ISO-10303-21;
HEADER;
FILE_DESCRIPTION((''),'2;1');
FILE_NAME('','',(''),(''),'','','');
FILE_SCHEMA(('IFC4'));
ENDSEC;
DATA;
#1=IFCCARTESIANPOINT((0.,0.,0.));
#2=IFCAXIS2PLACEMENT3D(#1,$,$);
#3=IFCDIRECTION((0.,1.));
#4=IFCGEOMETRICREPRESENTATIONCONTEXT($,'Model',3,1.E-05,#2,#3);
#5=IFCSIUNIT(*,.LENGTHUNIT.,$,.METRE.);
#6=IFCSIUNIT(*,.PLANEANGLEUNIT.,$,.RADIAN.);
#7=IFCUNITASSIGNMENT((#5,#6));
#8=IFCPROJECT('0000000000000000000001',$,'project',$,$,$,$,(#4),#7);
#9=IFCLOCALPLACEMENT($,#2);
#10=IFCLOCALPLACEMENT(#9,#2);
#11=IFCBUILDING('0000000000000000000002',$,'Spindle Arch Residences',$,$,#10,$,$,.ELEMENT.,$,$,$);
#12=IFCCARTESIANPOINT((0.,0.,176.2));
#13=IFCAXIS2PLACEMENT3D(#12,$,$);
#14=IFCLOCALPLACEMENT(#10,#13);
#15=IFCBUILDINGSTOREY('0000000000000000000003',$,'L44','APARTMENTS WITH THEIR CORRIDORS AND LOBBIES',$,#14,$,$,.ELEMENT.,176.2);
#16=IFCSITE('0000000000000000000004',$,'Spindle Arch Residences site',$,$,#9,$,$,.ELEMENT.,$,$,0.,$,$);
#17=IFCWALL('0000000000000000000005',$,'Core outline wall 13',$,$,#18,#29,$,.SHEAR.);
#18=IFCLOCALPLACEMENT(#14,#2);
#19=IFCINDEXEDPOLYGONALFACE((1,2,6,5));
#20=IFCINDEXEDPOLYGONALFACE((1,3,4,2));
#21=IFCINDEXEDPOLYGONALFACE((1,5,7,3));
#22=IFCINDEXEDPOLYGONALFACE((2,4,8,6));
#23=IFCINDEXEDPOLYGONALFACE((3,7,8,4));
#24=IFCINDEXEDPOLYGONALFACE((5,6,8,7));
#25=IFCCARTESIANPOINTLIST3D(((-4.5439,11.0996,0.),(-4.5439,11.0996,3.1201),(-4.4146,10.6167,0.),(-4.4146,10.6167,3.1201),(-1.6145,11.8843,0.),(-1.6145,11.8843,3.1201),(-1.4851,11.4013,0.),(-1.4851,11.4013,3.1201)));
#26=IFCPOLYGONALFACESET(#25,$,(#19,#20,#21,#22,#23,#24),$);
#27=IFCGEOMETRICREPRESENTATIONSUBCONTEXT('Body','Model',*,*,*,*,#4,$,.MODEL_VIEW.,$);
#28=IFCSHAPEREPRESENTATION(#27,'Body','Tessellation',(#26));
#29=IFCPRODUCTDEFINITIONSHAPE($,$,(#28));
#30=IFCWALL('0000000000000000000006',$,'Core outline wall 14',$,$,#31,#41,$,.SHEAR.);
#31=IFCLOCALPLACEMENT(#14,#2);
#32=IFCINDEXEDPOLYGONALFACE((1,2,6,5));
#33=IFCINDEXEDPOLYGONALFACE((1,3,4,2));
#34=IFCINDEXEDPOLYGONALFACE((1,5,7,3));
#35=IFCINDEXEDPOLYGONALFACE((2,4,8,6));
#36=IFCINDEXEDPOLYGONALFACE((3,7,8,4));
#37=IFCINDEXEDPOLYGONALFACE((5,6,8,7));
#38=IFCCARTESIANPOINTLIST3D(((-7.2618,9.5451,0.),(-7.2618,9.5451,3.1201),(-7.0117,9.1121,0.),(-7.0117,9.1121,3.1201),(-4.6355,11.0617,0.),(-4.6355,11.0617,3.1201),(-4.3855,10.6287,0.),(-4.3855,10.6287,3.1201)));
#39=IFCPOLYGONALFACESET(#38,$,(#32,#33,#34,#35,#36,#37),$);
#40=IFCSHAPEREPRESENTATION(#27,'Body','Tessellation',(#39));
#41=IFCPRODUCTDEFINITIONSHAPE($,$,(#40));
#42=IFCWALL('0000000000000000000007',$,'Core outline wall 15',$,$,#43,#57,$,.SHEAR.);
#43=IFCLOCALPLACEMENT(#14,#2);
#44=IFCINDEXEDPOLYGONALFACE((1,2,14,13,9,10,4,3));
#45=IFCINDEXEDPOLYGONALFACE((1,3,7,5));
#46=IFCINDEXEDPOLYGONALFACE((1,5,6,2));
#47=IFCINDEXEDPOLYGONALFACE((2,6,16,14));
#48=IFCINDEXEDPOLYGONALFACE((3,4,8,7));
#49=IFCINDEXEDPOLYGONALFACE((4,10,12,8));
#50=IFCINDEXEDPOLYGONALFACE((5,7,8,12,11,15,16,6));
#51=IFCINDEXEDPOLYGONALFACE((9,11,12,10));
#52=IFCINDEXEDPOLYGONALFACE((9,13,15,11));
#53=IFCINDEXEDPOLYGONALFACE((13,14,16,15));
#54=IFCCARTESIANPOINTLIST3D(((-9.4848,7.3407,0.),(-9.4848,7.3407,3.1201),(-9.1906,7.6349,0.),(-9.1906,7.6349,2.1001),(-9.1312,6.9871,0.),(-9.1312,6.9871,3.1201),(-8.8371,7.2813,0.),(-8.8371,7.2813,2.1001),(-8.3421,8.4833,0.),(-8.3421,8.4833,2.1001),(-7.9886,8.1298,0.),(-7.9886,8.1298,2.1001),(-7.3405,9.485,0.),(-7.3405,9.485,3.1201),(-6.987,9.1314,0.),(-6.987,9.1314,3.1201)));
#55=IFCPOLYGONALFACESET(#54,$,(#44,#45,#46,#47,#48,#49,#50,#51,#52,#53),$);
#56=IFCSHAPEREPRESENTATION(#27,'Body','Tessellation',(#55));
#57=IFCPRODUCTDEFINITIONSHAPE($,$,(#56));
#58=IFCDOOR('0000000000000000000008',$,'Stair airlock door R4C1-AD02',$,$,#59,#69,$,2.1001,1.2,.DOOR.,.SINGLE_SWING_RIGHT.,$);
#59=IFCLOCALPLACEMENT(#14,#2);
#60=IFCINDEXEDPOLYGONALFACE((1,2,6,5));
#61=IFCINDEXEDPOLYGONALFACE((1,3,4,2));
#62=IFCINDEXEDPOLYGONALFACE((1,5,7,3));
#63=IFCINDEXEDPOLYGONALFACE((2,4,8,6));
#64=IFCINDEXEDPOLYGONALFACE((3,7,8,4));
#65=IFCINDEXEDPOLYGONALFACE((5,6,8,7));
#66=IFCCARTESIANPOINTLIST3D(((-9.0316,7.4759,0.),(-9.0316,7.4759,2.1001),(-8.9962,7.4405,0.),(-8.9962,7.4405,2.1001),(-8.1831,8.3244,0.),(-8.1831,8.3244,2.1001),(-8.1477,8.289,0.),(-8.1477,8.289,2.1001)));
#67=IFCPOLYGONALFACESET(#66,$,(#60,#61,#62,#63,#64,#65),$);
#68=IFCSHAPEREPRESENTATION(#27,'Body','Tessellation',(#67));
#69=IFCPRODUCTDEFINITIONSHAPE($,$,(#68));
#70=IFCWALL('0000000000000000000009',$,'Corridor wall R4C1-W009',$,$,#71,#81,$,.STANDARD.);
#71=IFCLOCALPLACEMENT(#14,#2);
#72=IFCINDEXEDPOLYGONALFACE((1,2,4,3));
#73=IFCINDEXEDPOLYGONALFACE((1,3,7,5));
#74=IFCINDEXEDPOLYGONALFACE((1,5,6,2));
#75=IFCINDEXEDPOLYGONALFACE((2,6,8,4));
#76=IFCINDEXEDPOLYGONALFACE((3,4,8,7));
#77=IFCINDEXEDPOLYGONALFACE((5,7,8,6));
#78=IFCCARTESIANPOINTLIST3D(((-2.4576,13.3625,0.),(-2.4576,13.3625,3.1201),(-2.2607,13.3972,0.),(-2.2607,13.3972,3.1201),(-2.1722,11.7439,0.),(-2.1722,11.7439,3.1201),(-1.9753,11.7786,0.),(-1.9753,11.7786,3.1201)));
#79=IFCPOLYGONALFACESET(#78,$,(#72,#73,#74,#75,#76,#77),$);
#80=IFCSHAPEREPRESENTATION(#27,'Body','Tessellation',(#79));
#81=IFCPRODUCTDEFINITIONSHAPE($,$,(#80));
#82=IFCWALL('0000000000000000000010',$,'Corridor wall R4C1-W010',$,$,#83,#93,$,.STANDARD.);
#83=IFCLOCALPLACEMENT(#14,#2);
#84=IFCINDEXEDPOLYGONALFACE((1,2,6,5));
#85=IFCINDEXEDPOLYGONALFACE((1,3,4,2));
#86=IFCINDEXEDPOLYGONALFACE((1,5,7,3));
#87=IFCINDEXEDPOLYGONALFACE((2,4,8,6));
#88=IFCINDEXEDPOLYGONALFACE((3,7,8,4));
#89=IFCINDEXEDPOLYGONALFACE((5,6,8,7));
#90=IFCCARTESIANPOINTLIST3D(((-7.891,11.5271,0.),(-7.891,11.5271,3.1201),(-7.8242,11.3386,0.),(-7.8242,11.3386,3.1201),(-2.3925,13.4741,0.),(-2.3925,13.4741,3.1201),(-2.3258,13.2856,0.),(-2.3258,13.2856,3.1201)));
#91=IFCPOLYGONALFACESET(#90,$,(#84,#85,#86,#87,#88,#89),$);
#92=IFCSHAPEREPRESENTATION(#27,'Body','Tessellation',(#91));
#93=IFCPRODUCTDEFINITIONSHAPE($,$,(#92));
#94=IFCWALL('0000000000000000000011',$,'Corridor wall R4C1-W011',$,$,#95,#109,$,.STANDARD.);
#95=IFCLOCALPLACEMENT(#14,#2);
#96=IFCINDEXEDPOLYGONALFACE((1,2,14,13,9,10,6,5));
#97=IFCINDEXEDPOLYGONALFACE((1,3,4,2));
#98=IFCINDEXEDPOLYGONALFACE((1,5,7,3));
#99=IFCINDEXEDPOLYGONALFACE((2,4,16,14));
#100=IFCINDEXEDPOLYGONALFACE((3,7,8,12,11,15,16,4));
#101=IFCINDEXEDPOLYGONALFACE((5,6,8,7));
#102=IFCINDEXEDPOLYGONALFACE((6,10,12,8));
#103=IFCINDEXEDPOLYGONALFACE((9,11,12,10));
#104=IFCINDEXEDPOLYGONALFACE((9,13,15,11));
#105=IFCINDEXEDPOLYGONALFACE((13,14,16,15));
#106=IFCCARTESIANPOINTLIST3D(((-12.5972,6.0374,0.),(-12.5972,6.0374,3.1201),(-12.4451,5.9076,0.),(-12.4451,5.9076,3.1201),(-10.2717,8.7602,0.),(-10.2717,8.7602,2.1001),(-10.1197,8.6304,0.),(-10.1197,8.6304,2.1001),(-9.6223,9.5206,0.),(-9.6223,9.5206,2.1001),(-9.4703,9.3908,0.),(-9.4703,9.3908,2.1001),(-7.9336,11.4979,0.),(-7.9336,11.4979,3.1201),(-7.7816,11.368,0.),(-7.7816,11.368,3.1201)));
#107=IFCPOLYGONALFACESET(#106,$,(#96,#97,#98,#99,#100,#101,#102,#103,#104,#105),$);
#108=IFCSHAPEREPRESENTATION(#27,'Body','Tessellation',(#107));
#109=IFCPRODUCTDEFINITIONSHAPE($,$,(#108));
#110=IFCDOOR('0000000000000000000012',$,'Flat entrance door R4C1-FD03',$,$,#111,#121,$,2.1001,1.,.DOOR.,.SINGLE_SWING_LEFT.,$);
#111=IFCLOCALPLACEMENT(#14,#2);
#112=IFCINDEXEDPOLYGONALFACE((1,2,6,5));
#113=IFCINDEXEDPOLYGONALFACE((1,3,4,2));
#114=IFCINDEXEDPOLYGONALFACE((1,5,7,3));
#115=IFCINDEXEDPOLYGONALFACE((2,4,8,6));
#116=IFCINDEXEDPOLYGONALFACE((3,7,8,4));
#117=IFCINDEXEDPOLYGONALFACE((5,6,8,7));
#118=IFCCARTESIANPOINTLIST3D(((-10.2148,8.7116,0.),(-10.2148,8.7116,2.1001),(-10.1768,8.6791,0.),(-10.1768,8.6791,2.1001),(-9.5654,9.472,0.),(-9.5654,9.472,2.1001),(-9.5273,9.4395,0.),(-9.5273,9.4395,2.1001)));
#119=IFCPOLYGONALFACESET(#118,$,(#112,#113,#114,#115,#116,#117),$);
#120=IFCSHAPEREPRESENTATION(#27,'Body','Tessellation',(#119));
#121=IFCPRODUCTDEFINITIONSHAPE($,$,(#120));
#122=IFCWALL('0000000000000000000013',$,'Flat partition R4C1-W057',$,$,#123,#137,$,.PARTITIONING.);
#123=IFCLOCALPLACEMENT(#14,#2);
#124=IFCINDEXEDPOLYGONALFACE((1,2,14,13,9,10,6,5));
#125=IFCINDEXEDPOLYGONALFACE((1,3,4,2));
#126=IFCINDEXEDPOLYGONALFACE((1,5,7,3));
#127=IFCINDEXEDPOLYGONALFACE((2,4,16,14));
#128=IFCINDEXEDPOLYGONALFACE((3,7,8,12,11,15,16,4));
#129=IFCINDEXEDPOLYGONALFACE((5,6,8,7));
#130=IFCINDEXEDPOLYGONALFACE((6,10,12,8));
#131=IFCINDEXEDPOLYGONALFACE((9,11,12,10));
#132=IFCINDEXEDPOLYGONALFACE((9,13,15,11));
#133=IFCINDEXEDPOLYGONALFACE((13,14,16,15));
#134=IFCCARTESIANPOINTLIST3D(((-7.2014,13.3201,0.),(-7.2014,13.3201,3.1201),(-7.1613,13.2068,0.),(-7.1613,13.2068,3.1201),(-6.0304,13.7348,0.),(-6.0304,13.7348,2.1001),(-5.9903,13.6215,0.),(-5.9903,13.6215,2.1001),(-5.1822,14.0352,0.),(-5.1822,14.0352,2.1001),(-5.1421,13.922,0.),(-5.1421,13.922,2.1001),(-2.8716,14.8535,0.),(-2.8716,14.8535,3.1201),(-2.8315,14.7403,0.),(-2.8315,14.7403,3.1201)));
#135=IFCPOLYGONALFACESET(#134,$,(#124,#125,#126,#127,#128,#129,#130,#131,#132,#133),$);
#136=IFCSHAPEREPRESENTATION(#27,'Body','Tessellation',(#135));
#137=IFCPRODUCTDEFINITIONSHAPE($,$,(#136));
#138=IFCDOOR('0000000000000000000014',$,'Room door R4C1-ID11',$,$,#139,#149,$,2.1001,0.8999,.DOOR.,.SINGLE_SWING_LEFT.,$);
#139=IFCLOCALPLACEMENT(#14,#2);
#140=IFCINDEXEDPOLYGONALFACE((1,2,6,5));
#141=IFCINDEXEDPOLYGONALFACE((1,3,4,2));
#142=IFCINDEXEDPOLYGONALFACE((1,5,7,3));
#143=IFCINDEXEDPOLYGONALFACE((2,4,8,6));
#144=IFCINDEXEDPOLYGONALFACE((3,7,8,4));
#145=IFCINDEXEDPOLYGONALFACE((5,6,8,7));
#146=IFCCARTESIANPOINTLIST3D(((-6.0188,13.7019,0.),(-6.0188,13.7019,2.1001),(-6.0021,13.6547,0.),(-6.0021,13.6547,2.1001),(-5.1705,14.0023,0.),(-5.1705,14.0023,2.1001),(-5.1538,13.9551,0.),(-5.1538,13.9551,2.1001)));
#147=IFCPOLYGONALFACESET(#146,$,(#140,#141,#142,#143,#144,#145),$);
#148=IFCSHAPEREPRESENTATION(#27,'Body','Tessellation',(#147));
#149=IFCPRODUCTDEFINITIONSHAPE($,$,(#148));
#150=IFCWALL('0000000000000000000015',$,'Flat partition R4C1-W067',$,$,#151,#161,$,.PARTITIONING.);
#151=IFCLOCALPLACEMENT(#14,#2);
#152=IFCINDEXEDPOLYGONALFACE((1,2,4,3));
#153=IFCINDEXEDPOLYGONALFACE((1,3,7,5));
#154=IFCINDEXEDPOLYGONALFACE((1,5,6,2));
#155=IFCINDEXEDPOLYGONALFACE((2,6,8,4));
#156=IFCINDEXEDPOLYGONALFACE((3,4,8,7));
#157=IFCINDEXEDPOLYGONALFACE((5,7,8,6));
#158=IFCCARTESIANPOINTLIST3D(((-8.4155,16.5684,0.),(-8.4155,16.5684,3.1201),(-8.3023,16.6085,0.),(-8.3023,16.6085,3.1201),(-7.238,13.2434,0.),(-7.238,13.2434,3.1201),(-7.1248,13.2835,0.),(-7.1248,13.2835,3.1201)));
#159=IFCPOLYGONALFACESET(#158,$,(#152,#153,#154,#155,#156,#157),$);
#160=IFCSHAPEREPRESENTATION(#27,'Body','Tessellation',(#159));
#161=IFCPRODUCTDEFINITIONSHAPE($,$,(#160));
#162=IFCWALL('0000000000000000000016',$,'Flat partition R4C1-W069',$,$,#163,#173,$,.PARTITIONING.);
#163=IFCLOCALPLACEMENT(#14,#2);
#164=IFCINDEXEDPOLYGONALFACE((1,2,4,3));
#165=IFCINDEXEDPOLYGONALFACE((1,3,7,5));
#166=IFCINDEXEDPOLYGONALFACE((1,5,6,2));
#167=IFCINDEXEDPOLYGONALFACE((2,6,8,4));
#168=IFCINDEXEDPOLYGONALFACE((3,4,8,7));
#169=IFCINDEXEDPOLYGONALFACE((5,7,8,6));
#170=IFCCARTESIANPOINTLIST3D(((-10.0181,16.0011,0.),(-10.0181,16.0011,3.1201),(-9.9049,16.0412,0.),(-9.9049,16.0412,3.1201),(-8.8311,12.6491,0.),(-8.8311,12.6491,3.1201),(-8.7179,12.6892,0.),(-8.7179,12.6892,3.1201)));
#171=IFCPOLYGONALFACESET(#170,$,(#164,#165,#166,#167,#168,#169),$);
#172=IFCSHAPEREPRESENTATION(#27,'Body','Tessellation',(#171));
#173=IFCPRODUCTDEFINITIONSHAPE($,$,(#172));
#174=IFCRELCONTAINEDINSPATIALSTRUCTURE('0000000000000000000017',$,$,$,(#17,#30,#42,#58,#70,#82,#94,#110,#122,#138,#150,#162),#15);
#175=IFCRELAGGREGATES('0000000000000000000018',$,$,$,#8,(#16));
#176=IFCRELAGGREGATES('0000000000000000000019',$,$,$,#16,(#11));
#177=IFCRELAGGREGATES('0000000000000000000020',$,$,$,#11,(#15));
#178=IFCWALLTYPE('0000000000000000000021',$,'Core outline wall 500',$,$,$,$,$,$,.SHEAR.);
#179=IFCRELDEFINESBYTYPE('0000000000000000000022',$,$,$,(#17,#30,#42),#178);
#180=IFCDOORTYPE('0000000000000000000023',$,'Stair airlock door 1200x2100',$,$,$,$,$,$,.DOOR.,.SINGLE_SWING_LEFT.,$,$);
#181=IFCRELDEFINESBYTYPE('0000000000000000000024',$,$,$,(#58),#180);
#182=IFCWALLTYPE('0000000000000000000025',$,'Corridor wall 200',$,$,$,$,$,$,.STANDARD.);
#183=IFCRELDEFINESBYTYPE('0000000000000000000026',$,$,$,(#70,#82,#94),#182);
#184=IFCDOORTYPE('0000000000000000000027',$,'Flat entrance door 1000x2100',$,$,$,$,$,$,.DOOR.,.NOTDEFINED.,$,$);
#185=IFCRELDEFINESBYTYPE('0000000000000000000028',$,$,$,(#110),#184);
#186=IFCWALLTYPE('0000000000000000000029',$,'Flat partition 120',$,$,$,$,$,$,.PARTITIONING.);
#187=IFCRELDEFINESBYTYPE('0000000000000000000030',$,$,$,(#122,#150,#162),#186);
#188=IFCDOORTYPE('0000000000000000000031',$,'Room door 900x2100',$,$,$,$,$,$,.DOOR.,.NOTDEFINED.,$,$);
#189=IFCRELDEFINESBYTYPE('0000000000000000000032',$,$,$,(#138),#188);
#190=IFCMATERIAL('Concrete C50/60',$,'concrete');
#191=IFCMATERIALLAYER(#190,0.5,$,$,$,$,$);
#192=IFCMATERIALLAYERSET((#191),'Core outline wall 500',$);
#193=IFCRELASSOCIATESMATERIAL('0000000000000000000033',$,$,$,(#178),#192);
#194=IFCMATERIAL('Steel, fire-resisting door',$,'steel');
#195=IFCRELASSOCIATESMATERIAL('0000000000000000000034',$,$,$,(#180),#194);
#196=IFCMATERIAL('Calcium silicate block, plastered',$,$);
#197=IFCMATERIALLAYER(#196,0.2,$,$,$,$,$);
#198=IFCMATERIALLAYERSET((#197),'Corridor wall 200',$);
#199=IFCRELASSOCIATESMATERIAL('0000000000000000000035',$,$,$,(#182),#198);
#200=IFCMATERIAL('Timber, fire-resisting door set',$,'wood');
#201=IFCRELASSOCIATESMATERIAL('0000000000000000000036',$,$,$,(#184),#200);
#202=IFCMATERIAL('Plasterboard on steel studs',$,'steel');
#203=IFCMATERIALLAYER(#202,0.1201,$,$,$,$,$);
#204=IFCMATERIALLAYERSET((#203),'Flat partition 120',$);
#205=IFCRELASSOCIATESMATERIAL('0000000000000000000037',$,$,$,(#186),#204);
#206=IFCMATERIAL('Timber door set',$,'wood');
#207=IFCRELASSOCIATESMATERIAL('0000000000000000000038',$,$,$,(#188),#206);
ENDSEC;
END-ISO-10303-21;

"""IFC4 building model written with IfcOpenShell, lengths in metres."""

from ifc_helpers import new_model, si_unit, direction, frame, frame_2d, origin, place, context, subcontext, project, spatial, rectangle, extrude, material, layer, layer_set, type_object, element, fill, save


model = new_model("IFC4")

# Units and contexts
model_context = context("Model", 3, precision=1e-05, world=origin(), true_north=direction((0.0, 1.0)))
body_context = subcontext(model_context, "Body", "Model", "MODEL_VIEW")
ifc_project = project(units=[si_unit("LENGTHUNIT", "METRE"), si_unit("PLANEANGLEUNIT", "RADIAN")], contexts=[model_context])

# Site, building, storey
site_placement = place(None, origin())
site = spatial("IfcSite", under=ifc_project, at=site_placement, Name="Spindle Arch Residences site", CompositionType="ELEMENT", RefElevation=0.0)
building_placement = place(site_placement, origin())
building = spatial("IfcBuilding", under=site, at=building_placement, Name="Spindle Arch Residences", CompositionType="ELEMENT")
storey_placement = place(building_placement, frame((0.0, 0.0, 176.2)))
storey = spatial("IfcBuildingStorey", under=building, at=storey_placement, Name="L44", Description="APARTMENTS WITH THEIR CORRIDORS AND LOBBIES", CompositionType="ELEMENT", Elevation=176.2)

# Walls
ifc_material_1 = material(Name="Concrete C50/60", Category="concrete")
ifc_layer_1 = layer(ifc_material_1, 0.5)
ifc_layer_set_1 = layer_set([ifc_layer_1], Name="Core outline wall 500")
wall_type_1 = type_object("IfcWallType", Name="Core outline wall 500", PredefinedType="SHEAR", material=ifc_layer_set_1)
for number, where, z_axis, x_axis, name in (
    (1, (-1.5498, 11.6428, 0.0), (0.0, 0.0, 1.0), (-0.965948, -0.258735, 0.0), "Core outline wall 13"),
    (2, (-4.5105, 10.8452, 0.0), (0.0, 0.0, 1.0), (-0.865975, -0.500087, 0.0), "Core outline wall 14"),
):
    element("IfcWall", number, at=place(storey_placement, frame(where, z_axis=z_axis, x_axis=x_axis)), inside=storey, type_object=wall_type_1, Name=name, PredefinedType="SHEAR", context=body_context, shape_type="SweptSolid", body=[
        extrude(rectangle(XDim=3.0327, YDim=0.5, at=frame_2d((1.5164, 0.0))), origin(), (0.0, 0.0, 1.0), 3.1201),
    ])

# Wall, opening, door
wall_1_placement = place(storey_placement, frame((-7.1638, 9.3081, 0.0), z_axis=(0.0, 0.0, 1.0), x_axis=(-0.707107, -0.707107, 0.0)))
wall_1 = element("IfcWall", 3, at=wall_1_placement, inside=storey, type_object=wall_type_1, Name="Core outline wall 15", PredefinedType="SHEAR", context=body_context, shape_type="SweptSolid", body=[
    extrude(rectangle(XDim=3.0325, YDim=0.5, at=frame_2d((1.5161, 0.0))), origin(), (0.0, 0.0, 1.0), 3.1201),
])
opening_1_placement = place(wall_1_placement, frame((1.4163, 0.0, 0.0)))
opening_1 = element("IfcOpeningElement", 4, at=opening_1_placement, cuts=wall_1, PredefinedType="OPENING", context=body_context, shape_type="SweptSolid", body=[
    extrude(rectangle(XDim=1.2, YDim=2.1001, at=frame_2d((0.6001, 1.05))), frame((0.0, 0.26, 0.0), z_axis=(0.0, -1.0, 0.0), x_axis=(1.0, 0.0, 0.0)), (0.0, 0.0, 1.0), 0.52),
])
ifc_material_2 = material(Name="Steel, fire-resisting door", Category="steel")
door_type_1 = type_object("IfcDoorType", Name="Stair airlock door 1200x2100", OperationType="SINGLE_SWING_LEFT", PredefinedType="DOOR", material=ifc_material_2)
door_1_placement = place(opening_1_placement, origin())
door_1 = element("IfcDoor", 5, at=door_1_placement, inside=storey, type_object=door_type_1, Name="Stair airlock door R4C1-AD02", OperationType="SINGLE_SWING_RIGHT", OverallHeight=2.1001, OverallWidth=1.2, PredefinedType="DOOR", context=body_context, shape_type="SweptSolid", body=[
    extrude(rectangle(XDim=1.2, YDim=2.1001, at=frame_2d((0.6001, 1.05))), frame((0.0, 0.0249, 0.0), z_axis=(0.0, -1.0, 0.0), x_axis=(1.0, 0.0, 0.0)), (0.0, 0.0, 1.0), 0.05),
])
fill(opening_1, door_1)

# Walls
ifc_material_3 = material(Name="Calcium silicate block, plastered")
ifc_layer_2 = layer(ifc_material_3, 0.2)
ifc_layer_set_2 = layer_set([ifc_layer_2], Name="Corridor wall 200")
wall_type_2 = type_object("IfcWallType", Name="Corridor wall 200", PredefinedType="STANDARD", material=ifc_layer_set_2)
wall_2_placement = place(storey_placement, frame((-2.0737, 11.7612, 0.0), z_axis=(0.0, 0.0, 1.0), x_axis=(-0.173641, 0.984809, 0.0)))
element("IfcWall", 6, at=wall_2_placement, inside=storey, type_object=wall_type_2, Name="Corridor wall R4C1-W009", PredefinedType="STANDARD", context=body_context, shape_type="SweptSolid", body=[
    extrude(rectangle(XDim=1.6436, YDim=0.2, at=frame_2d((0.8218, 0.0))), origin(), (0.0, 0.0, 1.0), 3.1201),
])
wall_3_placement = place(storey_placement, frame((-2.3591, 13.3799, 0.0), z_axis=(0.0, 0.0, 1.0), x_axis=(-0.942648, -0.33379, 0.0)))
element("IfcWall", 7, at=wall_3_placement, inside=storey, type_object=wall_type_2, Name="Corridor wall R4C1-W010", PredefinedType="STANDARD", context=body_context, shape_type="SweptSolid", body=[
    extrude(rectangle(XDim=5.833, YDim=0.2, at=frame_2d((2.9165, 0.0))), origin(), (0.0, 0.0, 1.0), 3.1201),
])

# Walls, openings, doors
wall_4_placement = place(storey_placement, frame((-7.8577, 11.4329, 0.0), z_axis=(0.0, 0.0, 1.0), x_axis=(-0.649441, -0.760412, 0.0)))
wall_4 = element("IfcWall", 8, at=wall_4_placement, inside=storey, type_object=wall_type_2, Name="Corridor wall R4C1-W011", PredefinedType="STANDARD", context=body_context, shape_type="SweptSolid", body=[
    extrude(rectangle(XDim=7.1809, YDim=0.2, at=frame_2d((3.5903, 0.0))), origin(), (0.0, 0.0, 1.0), 3.1201),
])
opening_2_placement = place(wall_4_placement, frame((2.6001, 0.0, 0.0)))
opening_2 = element("IfcOpeningElement", 9, at=opening_2_placement, cuts=wall_4, PredefinedType="OPENING", context=body_context, shape_type="SweptSolid", body=[
    extrude(rectangle(XDim=1.0, YDim=2.1001, at=frame_2d((0.5, 1.05))), frame((0.0, 0.1099, 0.0), z_axis=(0.0, -1.0, 0.0), x_axis=(1.0, 0.0, 0.0)), (0.0, 0.0, 1.0), 0.22),
])
ifc_material_4 = material(Name="Timber, fire-resisting door set", Category="wood")
door_type_2 = type_object("IfcDoorType", Name="Flat entrance door 1000x2100", OperationType="NOTDEFINED", PredefinedType="DOOR", material=ifc_material_4)
door_2_placement = place(opening_2_placement, origin())
door_2 = element("IfcDoor", 10, at=door_2_placement, inside=storey, type_object=door_type_2, Name="Flat entrance door R4C1-FD03", OperationType="SINGLE_SWING_LEFT", OverallHeight=2.1001, OverallWidth=1.0, PredefinedType="DOOR", context=body_context, shape_type="SweptSolid", body=[
    extrude(rectangle(XDim=1.0, YDim=2.1001, at=frame_2d((0.5, 1.05))), frame((0.0, 0.0249, 0.0), z_axis=(0.0, -1.0, 0.0), x_axis=(1.0, 0.0, 0.0)), (0.0, 0.0, 1.0), 0.05),
])
fill(opening_2, door_2)
ifc_material_5 = material(Name="Plasterboard on steel studs", Category="steel")
ifc_layer_3 = layer(ifc_material_5, 0.1201)
ifc_layer_set_3 = layer_set([ifc_layer_3], Name="Flat partition 120")
wall_type_3 = type_object("IfcWallType", Name="Flat partition 120", PredefinedType="PARTITIONING", material=ifc_layer_set_3)
wall_5_placement = place(storey_placement, frame((-2.8516, 14.7969, 0.0), z_axis=(0.0, 0.0, 1.0), x_axis=(-0.94263, -0.33384, 0.0)))
wall_5 = element("IfcWall", 11, at=wall_5_placement, inside=storey, type_object=wall_type_3, Name="Flat partition R4C1-W057", PredefinedType="PARTITIONING", context=body_context, shape_type="SweptSolid", body=[
    extrude(rectangle(XDim=4.5933, YDim=0.1201, at=frame_2d((2.2966, 0.0))), origin(), (0.0, 0.0, 1.0), 3.1201),
])
opening_3_placement = place(wall_5_placement, frame((2.4512, 0.0, 0.0)))
opening_3 = element("IfcOpeningElement", 12, at=opening_3_placement, cuts=wall_5, PredefinedType="OPENING", context=body_context, shape_type="SweptSolid", body=[
    extrude(rectangle(XDim=0.8999, YDim=2.1001, at=frame_2d((0.45, 1.05))), frame((0.0, 0.0701, 0.0), z_axis=(0.0, -1.0, 0.0), x_axis=(1.0, 0.0, 0.0)), (0.0, 0.0, 1.0), 0.1401),
])
ifc_material_6 = material(Name="Timber door set", Category="wood")
door_type_3 = type_object("IfcDoorType", Name="Room door 900x2100", OperationType="NOTDEFINED", PredefinedType="DOOR", material=ifc_material_6)
door_3_placement = place(opening_3_placement, origin())
door_3 = element("IfcDoor", 13, at=door_3_placement, inside=storey, type_object=door_type_3, Name="Room door R4C1-ID11", OperationType="SINGLE_SWING_LEFT", OverallHeight=2.1001, OverallWidth=0.8999, PredefinedType="DOOR", context=body_context, shape_type="SweptSolid", body=[
    extrude(rectangle(XDim=0.8999, YDim=2.1001, at=frame_2d((0.45, 1.05))), frame((0.0, 0.0249, 0.0), z_axis=(0.0, -1.0, 0.0), x_axis=(1.0, 0.0, 0.0)), (0.0, 0.0, 1.0), 0.05),
])
fill(opening_3, door_3)

# Walls
wall_6_placement = place(storey_placement, frame((-7.1814, 13.2634, 0.0), z_axis=(0.0, 0.0, 1.0), x_axis=(-0.333823, 0.942636, 0.0)))
element("IfcWall", 14, at=wall_6_placement, inside=storey, type_object=wall_type_3, Name="Flat partition R4C1-W067", PredefinedType="PARTITIONING", context=body_context, shape_type="SweptSolid", body=[
    extrude(rectangle(XDim=3.5273, YDim=0.1201, at=frame_2d((1.7637, 0.0))), origin(), (0.0, 0.0, 1.0), 3.1201),
])
wall_7_placement = place(storey_placement, frame((-9.9614, 16.021, 0.0), z_axis=(0.0, 0.0, 1.0), x_axis=(0.333804, -0.942643, 0.0)))
element("IfcWall", 15, at=wall_7_placement, inside=storey, type_object=wall_type_3, Name="Flat partition R4C1-W069", PredefinedType="PARTITIONING", context=body_context, shape_type="SweptSolid", body=[
    extrude(rectangle(XDim=3.5559, YDim=0.1201, at=frame_2d((1.7778, 0.0))), origin(), (0.0, 0.0, 1.0), 3.1201),
])

save(model, "model.ifc")
